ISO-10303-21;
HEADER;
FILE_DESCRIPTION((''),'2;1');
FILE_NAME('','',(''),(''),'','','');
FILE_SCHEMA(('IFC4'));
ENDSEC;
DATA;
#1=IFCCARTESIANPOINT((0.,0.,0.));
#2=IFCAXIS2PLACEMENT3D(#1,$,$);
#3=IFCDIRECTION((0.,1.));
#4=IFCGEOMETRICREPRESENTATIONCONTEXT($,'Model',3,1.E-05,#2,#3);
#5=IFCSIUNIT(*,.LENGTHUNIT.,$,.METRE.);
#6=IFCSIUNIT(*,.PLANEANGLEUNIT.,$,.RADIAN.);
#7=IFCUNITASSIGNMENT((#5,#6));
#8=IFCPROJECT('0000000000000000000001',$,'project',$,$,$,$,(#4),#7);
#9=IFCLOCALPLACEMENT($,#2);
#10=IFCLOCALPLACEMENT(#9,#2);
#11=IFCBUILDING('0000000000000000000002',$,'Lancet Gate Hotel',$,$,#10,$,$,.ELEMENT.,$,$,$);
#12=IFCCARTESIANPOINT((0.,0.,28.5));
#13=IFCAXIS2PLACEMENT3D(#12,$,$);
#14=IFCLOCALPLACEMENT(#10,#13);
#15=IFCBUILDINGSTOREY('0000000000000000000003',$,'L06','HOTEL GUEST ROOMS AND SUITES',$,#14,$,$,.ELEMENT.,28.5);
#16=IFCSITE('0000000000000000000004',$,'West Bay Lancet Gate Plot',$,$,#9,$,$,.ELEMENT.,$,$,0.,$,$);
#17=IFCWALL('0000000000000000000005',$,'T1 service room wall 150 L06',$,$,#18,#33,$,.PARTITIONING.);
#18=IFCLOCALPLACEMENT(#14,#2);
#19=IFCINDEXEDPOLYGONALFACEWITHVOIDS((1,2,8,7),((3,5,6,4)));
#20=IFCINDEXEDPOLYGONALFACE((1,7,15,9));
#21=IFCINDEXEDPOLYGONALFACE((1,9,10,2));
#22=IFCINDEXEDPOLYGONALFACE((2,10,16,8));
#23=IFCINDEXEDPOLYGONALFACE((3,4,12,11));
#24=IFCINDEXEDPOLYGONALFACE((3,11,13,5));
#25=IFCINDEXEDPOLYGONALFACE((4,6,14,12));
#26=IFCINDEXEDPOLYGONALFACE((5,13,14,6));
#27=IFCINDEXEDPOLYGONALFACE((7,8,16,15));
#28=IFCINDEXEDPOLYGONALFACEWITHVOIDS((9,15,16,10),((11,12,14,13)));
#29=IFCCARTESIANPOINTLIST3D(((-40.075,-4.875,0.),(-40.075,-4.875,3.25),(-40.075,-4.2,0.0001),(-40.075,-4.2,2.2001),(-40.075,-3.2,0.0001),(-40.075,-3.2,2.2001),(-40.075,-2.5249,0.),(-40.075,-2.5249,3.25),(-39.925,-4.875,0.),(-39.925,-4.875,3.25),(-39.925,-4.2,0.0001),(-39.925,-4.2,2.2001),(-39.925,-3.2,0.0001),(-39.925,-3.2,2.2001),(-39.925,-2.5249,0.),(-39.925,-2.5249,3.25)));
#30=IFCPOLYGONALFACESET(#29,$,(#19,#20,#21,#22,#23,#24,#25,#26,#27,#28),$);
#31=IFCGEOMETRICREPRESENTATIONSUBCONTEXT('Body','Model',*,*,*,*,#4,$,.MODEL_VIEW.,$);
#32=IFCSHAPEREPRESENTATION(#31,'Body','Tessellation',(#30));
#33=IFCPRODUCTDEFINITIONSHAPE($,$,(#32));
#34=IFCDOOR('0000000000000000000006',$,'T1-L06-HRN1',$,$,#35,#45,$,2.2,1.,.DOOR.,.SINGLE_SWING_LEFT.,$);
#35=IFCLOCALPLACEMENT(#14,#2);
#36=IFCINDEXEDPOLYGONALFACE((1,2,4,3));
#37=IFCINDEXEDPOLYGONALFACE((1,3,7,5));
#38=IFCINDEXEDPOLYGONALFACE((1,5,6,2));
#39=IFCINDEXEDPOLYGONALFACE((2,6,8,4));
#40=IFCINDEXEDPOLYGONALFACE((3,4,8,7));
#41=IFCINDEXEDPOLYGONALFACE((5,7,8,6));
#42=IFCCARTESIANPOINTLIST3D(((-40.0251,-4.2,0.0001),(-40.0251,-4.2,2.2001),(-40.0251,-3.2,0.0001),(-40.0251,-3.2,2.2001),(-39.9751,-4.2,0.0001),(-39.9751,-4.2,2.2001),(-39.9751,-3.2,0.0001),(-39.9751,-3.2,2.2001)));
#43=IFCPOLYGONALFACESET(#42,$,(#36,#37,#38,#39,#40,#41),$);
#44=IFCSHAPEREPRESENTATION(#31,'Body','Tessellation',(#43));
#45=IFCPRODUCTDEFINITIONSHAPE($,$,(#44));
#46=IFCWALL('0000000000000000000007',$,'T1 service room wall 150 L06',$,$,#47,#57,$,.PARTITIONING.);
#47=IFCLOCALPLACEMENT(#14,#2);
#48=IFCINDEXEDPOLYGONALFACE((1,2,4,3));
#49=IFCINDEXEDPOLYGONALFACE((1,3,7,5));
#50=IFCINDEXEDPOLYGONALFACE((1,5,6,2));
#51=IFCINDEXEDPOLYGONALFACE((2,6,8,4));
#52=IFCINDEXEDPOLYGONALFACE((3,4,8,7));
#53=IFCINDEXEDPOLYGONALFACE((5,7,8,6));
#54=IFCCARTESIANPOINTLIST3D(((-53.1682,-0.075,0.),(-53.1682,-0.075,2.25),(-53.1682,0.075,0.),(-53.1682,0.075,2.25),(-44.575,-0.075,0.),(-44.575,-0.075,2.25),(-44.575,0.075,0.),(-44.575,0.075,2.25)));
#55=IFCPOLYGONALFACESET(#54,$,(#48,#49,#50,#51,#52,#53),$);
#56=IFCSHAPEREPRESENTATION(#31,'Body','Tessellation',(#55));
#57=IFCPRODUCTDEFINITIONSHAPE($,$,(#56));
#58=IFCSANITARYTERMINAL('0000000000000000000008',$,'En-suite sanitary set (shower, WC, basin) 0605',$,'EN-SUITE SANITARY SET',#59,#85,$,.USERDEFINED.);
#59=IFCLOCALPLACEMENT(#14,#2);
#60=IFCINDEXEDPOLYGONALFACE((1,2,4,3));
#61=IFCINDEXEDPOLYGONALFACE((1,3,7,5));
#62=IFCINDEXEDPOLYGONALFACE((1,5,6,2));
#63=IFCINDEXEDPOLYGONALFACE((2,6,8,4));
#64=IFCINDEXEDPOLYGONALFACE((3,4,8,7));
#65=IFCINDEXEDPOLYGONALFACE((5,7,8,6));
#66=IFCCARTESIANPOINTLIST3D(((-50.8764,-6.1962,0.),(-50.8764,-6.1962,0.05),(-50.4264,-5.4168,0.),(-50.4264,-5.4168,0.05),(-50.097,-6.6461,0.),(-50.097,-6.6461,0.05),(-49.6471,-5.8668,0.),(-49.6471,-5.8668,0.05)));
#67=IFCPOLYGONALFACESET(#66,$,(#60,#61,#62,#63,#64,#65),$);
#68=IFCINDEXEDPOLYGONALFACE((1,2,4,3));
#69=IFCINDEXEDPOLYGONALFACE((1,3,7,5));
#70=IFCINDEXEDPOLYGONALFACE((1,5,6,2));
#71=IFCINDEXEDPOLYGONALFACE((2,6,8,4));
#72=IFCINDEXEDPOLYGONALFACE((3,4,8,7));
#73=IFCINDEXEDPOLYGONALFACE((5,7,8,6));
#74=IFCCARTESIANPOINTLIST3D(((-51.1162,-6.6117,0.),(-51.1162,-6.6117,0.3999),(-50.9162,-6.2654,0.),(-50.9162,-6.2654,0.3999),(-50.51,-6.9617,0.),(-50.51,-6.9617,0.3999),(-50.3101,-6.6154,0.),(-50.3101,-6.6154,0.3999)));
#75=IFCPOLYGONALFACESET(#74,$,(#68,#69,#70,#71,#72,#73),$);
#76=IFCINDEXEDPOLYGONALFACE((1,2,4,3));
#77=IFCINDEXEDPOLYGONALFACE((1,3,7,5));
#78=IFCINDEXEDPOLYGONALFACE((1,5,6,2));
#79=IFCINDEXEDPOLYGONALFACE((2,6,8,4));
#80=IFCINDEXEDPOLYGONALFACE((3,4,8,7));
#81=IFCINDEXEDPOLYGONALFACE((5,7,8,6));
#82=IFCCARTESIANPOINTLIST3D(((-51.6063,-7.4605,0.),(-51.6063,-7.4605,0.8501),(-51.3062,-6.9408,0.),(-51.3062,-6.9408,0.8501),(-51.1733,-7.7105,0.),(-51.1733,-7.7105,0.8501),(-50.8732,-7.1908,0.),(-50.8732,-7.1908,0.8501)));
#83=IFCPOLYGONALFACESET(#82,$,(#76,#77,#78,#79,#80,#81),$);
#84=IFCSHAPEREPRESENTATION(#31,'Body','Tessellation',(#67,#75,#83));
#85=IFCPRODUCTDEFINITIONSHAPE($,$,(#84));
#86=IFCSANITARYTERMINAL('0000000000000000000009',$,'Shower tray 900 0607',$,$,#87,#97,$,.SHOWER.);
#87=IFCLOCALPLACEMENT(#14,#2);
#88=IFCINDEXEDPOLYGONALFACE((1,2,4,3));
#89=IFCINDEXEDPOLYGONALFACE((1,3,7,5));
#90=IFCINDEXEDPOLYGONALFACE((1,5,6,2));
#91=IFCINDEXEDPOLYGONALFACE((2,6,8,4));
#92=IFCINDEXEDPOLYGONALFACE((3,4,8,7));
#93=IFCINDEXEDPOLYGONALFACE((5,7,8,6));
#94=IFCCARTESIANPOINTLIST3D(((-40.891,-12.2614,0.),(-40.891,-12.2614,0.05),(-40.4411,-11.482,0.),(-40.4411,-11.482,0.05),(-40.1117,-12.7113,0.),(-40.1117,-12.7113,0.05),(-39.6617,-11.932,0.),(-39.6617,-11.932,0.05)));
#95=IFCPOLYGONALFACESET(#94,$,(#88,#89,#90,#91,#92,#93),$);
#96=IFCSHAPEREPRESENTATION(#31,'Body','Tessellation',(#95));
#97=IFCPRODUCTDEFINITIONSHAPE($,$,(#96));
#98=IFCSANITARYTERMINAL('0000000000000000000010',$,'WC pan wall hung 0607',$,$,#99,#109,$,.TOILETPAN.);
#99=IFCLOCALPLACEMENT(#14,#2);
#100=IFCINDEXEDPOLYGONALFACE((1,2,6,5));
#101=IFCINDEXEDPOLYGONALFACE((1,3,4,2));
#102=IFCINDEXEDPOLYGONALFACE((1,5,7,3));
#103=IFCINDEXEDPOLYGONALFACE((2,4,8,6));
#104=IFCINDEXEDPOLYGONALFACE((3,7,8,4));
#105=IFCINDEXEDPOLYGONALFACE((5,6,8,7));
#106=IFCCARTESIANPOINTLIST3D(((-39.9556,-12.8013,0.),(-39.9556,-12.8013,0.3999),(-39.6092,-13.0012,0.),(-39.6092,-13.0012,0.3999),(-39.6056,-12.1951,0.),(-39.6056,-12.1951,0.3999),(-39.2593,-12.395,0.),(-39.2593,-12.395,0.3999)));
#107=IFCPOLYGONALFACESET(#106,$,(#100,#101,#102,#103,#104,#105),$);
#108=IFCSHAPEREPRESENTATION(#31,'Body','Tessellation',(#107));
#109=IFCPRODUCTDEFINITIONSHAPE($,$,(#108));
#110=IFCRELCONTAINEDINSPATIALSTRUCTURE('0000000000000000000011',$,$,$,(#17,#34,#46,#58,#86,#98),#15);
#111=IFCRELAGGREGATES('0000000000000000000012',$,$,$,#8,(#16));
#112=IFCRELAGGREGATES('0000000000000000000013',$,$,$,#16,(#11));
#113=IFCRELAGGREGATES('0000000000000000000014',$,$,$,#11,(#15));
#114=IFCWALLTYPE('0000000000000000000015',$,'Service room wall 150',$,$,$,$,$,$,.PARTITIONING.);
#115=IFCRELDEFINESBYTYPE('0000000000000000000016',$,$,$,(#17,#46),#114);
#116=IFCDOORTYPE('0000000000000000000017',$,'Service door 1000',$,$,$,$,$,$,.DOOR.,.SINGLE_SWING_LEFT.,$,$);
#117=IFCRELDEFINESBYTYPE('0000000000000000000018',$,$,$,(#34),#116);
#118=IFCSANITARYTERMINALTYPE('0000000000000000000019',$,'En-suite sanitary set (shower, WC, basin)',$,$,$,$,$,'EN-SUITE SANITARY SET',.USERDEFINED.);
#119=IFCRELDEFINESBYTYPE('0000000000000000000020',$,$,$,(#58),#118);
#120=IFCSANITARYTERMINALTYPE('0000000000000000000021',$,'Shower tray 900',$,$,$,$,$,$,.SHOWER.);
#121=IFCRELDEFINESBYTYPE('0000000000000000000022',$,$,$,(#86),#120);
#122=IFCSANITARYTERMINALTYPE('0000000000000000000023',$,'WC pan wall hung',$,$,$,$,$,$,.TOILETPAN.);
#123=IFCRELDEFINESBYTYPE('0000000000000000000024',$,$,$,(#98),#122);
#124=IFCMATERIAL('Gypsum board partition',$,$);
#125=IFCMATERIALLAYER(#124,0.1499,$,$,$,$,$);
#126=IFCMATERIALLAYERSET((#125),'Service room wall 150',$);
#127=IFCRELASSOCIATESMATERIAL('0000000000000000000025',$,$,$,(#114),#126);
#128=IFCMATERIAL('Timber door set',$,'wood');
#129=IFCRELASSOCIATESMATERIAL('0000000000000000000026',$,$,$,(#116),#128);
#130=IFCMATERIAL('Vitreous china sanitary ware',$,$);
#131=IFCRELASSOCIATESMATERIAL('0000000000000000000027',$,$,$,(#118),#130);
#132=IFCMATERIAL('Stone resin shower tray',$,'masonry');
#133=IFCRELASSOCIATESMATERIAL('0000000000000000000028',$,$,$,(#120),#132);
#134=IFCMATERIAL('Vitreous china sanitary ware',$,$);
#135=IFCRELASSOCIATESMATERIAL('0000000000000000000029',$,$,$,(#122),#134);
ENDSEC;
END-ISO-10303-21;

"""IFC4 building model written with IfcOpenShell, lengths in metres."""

from ifc_helpers import new_model, si_unit, direction, frame, frame_2d, origin, origin_2d, place, context, subcontext, project, spatial, rectangle, extrude, material, layer, layer_set, type_object, element, fill, save


model = new_model("IFC4")

# Units and contexts
model_context = context("Model", 3, precision=1e-05, world=origin(), true_north=direction((0.0, 1.0)))
body_context = subcontext(model_context, "Body", "Model", "MODEL_VIEW")
ifc_project = project(units=[si_unit("LENGTHUNIT", "METRE"), si_unit("PLANEANGLEUNIT", "RADIAN")], contexts=[model_context])

# Site, building, storey
site_placement = place(None, origin())
site = spatial("IfcSite", under=ifc_project, at=site_placement, Name="West Bay Lancet Gate Plot", CompositionType="ELEMENT", RefElevation=0.0)
building_placement = place(site_placement, origin())
building = spatial("IfcBuilding", under=site, at=building_placement, Name="Lancet Gate Hotel", CompositionType="ELEMENT")
storey_placement = place(building_placement, frame((0.0, 0.0, 28.5)))
storey = spatial("IfcBuildingStorey", under=building, at=storey_placement, Name="L06", Description="HOTEL GUEST ROOMS AND SUITES", CompositionType="ELEMENT", Elevation=28.5)

# Wall, opening, door
ifc_material_1 = material(Name="Gypsum board partition")
ifc_layer_1 = layer(ifc_material_1, 0.1499)
ifc_layer_set_1 = layer_set([ifc_layer_1], Name="Service room wall 150")
wall_type_1 = type_object("IfcWallType", Name="Service room wall 150", PredefinedType="PARTITIONING", material=ifc_layer_set_1)
ifc_material_2 = material(Name="Timber door set", Category="wood")
door_type_1 = type_object("IfcDoorType", Name="Service door 1000", OperationType="SINGLE_SWING_LEFT", PredefinedType="DOOR", material=ifc_material_2)
wall_1_placement = place(storey_placement, frame((-40.0, -2.5249, 0.0), z_axis=(0.0, 0.0, 1.0), x_axis=(0.0, -1.0, 0.0)))
wall_1 = element("IfcWall", 1, at=wall_1_placement, inside=storey, type_object=wall_type_1, Name="T1 service room wall 150 L06", PredefinedType="PARTITIONING", context=body_context, shape_type="SweptSolid", body=[
    extrude(rectangle(XDim=2.3501, YDim=0.1499, at=frame_2d((1.175, 0.0))), origin(), (0.0, 0.0, 1.0), 3.25),
])
opening_1_placement = place(wall_1_placement, frame((0.675, 0.0, 0.0)))
opening_1 = element("IfcOpeningElement", 2, at=opening_1_placement, cuts=wall_1, PredefinedType="OPENING", context=body_context, shape_type="SweptSolid", body=[
    extrude(rectangle(XDim=1.0, YDim=2.2, at=frame_2d((0.5, 1.1001))), frame((0.0, 0.085, 0.0), z_axis=(0.0, -1.0, 0.0), x_axis=(1.0, 0.0, 0.0)), (0.0, 0.0, 1.0), 0.1699),
])
door_1_placement = place(opening_1_placement, origin())
door_1 = element("IfcDoor", 3, at=door_1_placement, inside=storey, type_object=door_type_1, Name="T1-L06-HRN1", OperationType="SINGLE_SWING_LEFT", OverallHeight=2.2, OverallWidth=1.0, PredefinedType="DOOR", context=body_context, shape_type="SweptSolid", body=[
    extrude(rectangle(XDim=1.0, YDim=2.2, at=frame_2d((0.5, 1.1001))), frame((0.0, 0.0249, 0.0), z_axis=(0.0, -1.0, 0.0), x_axis=(1.0, 0.0, 0.0)), (0.0, 0.0, 1.0), 0.05),
])
fill(opening_1, door_1)

# Wall
wall_2_placement = place(storey_placement, frame((-44.575, 0.0, 0.0), z_axis=(0.0, 0.0, 1.0), x_axis=(-1.0, 0.0, 0.0)))
element("IfcWall", 4, at=wall_2_placement, inside=storey, type_object=wall_type_1, Name="T1 service room wall 150 L06", PredefinedType="PARTITIONING", context=body_context, shape_type="SweptSolid", body=[
    extrude(rectangle(XDim=8.5933, YDim=0.1499, at=frame_2d((4.2966, 0.0))), origin(), (0.0, 0.0, 1.0), 2.25),
])

# Sanitary terminals
ifc_material_3 = material(Name="Vitreous china sanitary ware")
sanitary_terminal_type_1 = type_object("IfcSanitaryTerminalType", Name="En-suite sanitary set (shower, WC, basin)", ElementType="EN-SUITE SANITARY SET", PredefinedType="USERDEFINED", material=ifc_material_3)
sanitary_terminal_1_placement = place(storey_placement, frame((-50.2617, -6.0315, 0.0), z_axis=(0.0, 0.0, 1.0), x_axis=(1.0, 0.0, 0.0)))
element("IfcSanitaryTerminal", 5, at=sanitary_terminal_1_placement, inside=storey, type_object=sanitary_terminal_type_1, Name="En-suite sanitary set (shower, WC, basin) 0605", ObjectType="EN-SUITE SANITARY SET", PredefinedType="USERDEFINED", context=body_context, shape_type="SweptSolid", body=[
    extrude(rectangle(XDim=0.8999, YDim=0.8999, at=origin_2d()), frame((0.0, 0.0, 0.0), z_axis=(0.0, 0.0, 1.0), x_axis=(0.5, 0.866025, 0.0)), (0.0, 0.0, 1.0), 0.05),
    extrude(rectangle(XDim=0.3999, YDim=0.7, at=origin_2d()), frame((-0.4514, -0.582, 0.0), z_axis=(0.0, 0.0, 1.0), x_axis=(0.5, 0.866025, 0.0)), (0.0, 0.0, 1.0), 0.3999),
    extrude(rectangle(XDim=0.6001, YDim=0.5, at=origin_2d()), frame((-0.978, -1.2942, 0.0), z_axis=(0.0, 0.0, 1.0), x_axis=(0.5, 0.866025, 0.0)), (0.0, 0.0, 1.0), 0.8501),
])
ifc_material_4 = material(Name="Stone resin shower tray", Category="masonry")
sanitary_terminal_type_2 = type_object("IfcSanitaryTerminalType", Name="Shower tray 900", PredefinedType="SHOWER", material=ifc_material_4)
sanitary_terminal_2_placement = place(storey_placement, frame((-40.2764, -12.0967, 0.0), z_axis=(0.0, 0.0, 1.0), x_axis=(-0.866025, 0.5, 0.0)))
element("IfcSanitaryTerminal", 6, at=sanitary_terminal_2_placement, inside=storey, type_object=sanitary_terminal_type_2, Name="Shower tray 900 0607", PredefinedType="SHOWER", context=body_context, shape_type="SweptSolid", body=[
    extrude(rectangle(XDim=0.8999, YDim=0.8999, at=origin_2d()), origin(), (0.0, 0.0, 1.0), 0.05),
])
ifc_material_5 = material(Name="Vitreous china sanitary ware")
sanitary_terminal_type_3 = type_object("IfcSanitaryTerminalType", Name="WC pan wall hung", PredefinedType="TOILETPAN", material=ifc_material_5)
sanitary_terminal_3_placement = place(storey_placement, frame((-39.6074, -12.5981, 0.0), z_axis=(0.0, 0.0, 1.0), x_axis=(-0.866025, 0.5, 0.0)))
element("IfcSanitaryTerminal", 7, at=sanitary_terminal_3_placement, inside=storey, type_object=sanitary_terminal_type_3, Name="WC pan wall hung 0607", PredefinedType="TOILETPAN", context=body_context, shape_type="SweptSolid", body=[
    extrude(rectangle(XDim=0.3999, YDim=0.7, at=origin_2d()), origin(), (0.0, 0.0, 1.0), 0.3999),
])

save(model, "model.ifc")
